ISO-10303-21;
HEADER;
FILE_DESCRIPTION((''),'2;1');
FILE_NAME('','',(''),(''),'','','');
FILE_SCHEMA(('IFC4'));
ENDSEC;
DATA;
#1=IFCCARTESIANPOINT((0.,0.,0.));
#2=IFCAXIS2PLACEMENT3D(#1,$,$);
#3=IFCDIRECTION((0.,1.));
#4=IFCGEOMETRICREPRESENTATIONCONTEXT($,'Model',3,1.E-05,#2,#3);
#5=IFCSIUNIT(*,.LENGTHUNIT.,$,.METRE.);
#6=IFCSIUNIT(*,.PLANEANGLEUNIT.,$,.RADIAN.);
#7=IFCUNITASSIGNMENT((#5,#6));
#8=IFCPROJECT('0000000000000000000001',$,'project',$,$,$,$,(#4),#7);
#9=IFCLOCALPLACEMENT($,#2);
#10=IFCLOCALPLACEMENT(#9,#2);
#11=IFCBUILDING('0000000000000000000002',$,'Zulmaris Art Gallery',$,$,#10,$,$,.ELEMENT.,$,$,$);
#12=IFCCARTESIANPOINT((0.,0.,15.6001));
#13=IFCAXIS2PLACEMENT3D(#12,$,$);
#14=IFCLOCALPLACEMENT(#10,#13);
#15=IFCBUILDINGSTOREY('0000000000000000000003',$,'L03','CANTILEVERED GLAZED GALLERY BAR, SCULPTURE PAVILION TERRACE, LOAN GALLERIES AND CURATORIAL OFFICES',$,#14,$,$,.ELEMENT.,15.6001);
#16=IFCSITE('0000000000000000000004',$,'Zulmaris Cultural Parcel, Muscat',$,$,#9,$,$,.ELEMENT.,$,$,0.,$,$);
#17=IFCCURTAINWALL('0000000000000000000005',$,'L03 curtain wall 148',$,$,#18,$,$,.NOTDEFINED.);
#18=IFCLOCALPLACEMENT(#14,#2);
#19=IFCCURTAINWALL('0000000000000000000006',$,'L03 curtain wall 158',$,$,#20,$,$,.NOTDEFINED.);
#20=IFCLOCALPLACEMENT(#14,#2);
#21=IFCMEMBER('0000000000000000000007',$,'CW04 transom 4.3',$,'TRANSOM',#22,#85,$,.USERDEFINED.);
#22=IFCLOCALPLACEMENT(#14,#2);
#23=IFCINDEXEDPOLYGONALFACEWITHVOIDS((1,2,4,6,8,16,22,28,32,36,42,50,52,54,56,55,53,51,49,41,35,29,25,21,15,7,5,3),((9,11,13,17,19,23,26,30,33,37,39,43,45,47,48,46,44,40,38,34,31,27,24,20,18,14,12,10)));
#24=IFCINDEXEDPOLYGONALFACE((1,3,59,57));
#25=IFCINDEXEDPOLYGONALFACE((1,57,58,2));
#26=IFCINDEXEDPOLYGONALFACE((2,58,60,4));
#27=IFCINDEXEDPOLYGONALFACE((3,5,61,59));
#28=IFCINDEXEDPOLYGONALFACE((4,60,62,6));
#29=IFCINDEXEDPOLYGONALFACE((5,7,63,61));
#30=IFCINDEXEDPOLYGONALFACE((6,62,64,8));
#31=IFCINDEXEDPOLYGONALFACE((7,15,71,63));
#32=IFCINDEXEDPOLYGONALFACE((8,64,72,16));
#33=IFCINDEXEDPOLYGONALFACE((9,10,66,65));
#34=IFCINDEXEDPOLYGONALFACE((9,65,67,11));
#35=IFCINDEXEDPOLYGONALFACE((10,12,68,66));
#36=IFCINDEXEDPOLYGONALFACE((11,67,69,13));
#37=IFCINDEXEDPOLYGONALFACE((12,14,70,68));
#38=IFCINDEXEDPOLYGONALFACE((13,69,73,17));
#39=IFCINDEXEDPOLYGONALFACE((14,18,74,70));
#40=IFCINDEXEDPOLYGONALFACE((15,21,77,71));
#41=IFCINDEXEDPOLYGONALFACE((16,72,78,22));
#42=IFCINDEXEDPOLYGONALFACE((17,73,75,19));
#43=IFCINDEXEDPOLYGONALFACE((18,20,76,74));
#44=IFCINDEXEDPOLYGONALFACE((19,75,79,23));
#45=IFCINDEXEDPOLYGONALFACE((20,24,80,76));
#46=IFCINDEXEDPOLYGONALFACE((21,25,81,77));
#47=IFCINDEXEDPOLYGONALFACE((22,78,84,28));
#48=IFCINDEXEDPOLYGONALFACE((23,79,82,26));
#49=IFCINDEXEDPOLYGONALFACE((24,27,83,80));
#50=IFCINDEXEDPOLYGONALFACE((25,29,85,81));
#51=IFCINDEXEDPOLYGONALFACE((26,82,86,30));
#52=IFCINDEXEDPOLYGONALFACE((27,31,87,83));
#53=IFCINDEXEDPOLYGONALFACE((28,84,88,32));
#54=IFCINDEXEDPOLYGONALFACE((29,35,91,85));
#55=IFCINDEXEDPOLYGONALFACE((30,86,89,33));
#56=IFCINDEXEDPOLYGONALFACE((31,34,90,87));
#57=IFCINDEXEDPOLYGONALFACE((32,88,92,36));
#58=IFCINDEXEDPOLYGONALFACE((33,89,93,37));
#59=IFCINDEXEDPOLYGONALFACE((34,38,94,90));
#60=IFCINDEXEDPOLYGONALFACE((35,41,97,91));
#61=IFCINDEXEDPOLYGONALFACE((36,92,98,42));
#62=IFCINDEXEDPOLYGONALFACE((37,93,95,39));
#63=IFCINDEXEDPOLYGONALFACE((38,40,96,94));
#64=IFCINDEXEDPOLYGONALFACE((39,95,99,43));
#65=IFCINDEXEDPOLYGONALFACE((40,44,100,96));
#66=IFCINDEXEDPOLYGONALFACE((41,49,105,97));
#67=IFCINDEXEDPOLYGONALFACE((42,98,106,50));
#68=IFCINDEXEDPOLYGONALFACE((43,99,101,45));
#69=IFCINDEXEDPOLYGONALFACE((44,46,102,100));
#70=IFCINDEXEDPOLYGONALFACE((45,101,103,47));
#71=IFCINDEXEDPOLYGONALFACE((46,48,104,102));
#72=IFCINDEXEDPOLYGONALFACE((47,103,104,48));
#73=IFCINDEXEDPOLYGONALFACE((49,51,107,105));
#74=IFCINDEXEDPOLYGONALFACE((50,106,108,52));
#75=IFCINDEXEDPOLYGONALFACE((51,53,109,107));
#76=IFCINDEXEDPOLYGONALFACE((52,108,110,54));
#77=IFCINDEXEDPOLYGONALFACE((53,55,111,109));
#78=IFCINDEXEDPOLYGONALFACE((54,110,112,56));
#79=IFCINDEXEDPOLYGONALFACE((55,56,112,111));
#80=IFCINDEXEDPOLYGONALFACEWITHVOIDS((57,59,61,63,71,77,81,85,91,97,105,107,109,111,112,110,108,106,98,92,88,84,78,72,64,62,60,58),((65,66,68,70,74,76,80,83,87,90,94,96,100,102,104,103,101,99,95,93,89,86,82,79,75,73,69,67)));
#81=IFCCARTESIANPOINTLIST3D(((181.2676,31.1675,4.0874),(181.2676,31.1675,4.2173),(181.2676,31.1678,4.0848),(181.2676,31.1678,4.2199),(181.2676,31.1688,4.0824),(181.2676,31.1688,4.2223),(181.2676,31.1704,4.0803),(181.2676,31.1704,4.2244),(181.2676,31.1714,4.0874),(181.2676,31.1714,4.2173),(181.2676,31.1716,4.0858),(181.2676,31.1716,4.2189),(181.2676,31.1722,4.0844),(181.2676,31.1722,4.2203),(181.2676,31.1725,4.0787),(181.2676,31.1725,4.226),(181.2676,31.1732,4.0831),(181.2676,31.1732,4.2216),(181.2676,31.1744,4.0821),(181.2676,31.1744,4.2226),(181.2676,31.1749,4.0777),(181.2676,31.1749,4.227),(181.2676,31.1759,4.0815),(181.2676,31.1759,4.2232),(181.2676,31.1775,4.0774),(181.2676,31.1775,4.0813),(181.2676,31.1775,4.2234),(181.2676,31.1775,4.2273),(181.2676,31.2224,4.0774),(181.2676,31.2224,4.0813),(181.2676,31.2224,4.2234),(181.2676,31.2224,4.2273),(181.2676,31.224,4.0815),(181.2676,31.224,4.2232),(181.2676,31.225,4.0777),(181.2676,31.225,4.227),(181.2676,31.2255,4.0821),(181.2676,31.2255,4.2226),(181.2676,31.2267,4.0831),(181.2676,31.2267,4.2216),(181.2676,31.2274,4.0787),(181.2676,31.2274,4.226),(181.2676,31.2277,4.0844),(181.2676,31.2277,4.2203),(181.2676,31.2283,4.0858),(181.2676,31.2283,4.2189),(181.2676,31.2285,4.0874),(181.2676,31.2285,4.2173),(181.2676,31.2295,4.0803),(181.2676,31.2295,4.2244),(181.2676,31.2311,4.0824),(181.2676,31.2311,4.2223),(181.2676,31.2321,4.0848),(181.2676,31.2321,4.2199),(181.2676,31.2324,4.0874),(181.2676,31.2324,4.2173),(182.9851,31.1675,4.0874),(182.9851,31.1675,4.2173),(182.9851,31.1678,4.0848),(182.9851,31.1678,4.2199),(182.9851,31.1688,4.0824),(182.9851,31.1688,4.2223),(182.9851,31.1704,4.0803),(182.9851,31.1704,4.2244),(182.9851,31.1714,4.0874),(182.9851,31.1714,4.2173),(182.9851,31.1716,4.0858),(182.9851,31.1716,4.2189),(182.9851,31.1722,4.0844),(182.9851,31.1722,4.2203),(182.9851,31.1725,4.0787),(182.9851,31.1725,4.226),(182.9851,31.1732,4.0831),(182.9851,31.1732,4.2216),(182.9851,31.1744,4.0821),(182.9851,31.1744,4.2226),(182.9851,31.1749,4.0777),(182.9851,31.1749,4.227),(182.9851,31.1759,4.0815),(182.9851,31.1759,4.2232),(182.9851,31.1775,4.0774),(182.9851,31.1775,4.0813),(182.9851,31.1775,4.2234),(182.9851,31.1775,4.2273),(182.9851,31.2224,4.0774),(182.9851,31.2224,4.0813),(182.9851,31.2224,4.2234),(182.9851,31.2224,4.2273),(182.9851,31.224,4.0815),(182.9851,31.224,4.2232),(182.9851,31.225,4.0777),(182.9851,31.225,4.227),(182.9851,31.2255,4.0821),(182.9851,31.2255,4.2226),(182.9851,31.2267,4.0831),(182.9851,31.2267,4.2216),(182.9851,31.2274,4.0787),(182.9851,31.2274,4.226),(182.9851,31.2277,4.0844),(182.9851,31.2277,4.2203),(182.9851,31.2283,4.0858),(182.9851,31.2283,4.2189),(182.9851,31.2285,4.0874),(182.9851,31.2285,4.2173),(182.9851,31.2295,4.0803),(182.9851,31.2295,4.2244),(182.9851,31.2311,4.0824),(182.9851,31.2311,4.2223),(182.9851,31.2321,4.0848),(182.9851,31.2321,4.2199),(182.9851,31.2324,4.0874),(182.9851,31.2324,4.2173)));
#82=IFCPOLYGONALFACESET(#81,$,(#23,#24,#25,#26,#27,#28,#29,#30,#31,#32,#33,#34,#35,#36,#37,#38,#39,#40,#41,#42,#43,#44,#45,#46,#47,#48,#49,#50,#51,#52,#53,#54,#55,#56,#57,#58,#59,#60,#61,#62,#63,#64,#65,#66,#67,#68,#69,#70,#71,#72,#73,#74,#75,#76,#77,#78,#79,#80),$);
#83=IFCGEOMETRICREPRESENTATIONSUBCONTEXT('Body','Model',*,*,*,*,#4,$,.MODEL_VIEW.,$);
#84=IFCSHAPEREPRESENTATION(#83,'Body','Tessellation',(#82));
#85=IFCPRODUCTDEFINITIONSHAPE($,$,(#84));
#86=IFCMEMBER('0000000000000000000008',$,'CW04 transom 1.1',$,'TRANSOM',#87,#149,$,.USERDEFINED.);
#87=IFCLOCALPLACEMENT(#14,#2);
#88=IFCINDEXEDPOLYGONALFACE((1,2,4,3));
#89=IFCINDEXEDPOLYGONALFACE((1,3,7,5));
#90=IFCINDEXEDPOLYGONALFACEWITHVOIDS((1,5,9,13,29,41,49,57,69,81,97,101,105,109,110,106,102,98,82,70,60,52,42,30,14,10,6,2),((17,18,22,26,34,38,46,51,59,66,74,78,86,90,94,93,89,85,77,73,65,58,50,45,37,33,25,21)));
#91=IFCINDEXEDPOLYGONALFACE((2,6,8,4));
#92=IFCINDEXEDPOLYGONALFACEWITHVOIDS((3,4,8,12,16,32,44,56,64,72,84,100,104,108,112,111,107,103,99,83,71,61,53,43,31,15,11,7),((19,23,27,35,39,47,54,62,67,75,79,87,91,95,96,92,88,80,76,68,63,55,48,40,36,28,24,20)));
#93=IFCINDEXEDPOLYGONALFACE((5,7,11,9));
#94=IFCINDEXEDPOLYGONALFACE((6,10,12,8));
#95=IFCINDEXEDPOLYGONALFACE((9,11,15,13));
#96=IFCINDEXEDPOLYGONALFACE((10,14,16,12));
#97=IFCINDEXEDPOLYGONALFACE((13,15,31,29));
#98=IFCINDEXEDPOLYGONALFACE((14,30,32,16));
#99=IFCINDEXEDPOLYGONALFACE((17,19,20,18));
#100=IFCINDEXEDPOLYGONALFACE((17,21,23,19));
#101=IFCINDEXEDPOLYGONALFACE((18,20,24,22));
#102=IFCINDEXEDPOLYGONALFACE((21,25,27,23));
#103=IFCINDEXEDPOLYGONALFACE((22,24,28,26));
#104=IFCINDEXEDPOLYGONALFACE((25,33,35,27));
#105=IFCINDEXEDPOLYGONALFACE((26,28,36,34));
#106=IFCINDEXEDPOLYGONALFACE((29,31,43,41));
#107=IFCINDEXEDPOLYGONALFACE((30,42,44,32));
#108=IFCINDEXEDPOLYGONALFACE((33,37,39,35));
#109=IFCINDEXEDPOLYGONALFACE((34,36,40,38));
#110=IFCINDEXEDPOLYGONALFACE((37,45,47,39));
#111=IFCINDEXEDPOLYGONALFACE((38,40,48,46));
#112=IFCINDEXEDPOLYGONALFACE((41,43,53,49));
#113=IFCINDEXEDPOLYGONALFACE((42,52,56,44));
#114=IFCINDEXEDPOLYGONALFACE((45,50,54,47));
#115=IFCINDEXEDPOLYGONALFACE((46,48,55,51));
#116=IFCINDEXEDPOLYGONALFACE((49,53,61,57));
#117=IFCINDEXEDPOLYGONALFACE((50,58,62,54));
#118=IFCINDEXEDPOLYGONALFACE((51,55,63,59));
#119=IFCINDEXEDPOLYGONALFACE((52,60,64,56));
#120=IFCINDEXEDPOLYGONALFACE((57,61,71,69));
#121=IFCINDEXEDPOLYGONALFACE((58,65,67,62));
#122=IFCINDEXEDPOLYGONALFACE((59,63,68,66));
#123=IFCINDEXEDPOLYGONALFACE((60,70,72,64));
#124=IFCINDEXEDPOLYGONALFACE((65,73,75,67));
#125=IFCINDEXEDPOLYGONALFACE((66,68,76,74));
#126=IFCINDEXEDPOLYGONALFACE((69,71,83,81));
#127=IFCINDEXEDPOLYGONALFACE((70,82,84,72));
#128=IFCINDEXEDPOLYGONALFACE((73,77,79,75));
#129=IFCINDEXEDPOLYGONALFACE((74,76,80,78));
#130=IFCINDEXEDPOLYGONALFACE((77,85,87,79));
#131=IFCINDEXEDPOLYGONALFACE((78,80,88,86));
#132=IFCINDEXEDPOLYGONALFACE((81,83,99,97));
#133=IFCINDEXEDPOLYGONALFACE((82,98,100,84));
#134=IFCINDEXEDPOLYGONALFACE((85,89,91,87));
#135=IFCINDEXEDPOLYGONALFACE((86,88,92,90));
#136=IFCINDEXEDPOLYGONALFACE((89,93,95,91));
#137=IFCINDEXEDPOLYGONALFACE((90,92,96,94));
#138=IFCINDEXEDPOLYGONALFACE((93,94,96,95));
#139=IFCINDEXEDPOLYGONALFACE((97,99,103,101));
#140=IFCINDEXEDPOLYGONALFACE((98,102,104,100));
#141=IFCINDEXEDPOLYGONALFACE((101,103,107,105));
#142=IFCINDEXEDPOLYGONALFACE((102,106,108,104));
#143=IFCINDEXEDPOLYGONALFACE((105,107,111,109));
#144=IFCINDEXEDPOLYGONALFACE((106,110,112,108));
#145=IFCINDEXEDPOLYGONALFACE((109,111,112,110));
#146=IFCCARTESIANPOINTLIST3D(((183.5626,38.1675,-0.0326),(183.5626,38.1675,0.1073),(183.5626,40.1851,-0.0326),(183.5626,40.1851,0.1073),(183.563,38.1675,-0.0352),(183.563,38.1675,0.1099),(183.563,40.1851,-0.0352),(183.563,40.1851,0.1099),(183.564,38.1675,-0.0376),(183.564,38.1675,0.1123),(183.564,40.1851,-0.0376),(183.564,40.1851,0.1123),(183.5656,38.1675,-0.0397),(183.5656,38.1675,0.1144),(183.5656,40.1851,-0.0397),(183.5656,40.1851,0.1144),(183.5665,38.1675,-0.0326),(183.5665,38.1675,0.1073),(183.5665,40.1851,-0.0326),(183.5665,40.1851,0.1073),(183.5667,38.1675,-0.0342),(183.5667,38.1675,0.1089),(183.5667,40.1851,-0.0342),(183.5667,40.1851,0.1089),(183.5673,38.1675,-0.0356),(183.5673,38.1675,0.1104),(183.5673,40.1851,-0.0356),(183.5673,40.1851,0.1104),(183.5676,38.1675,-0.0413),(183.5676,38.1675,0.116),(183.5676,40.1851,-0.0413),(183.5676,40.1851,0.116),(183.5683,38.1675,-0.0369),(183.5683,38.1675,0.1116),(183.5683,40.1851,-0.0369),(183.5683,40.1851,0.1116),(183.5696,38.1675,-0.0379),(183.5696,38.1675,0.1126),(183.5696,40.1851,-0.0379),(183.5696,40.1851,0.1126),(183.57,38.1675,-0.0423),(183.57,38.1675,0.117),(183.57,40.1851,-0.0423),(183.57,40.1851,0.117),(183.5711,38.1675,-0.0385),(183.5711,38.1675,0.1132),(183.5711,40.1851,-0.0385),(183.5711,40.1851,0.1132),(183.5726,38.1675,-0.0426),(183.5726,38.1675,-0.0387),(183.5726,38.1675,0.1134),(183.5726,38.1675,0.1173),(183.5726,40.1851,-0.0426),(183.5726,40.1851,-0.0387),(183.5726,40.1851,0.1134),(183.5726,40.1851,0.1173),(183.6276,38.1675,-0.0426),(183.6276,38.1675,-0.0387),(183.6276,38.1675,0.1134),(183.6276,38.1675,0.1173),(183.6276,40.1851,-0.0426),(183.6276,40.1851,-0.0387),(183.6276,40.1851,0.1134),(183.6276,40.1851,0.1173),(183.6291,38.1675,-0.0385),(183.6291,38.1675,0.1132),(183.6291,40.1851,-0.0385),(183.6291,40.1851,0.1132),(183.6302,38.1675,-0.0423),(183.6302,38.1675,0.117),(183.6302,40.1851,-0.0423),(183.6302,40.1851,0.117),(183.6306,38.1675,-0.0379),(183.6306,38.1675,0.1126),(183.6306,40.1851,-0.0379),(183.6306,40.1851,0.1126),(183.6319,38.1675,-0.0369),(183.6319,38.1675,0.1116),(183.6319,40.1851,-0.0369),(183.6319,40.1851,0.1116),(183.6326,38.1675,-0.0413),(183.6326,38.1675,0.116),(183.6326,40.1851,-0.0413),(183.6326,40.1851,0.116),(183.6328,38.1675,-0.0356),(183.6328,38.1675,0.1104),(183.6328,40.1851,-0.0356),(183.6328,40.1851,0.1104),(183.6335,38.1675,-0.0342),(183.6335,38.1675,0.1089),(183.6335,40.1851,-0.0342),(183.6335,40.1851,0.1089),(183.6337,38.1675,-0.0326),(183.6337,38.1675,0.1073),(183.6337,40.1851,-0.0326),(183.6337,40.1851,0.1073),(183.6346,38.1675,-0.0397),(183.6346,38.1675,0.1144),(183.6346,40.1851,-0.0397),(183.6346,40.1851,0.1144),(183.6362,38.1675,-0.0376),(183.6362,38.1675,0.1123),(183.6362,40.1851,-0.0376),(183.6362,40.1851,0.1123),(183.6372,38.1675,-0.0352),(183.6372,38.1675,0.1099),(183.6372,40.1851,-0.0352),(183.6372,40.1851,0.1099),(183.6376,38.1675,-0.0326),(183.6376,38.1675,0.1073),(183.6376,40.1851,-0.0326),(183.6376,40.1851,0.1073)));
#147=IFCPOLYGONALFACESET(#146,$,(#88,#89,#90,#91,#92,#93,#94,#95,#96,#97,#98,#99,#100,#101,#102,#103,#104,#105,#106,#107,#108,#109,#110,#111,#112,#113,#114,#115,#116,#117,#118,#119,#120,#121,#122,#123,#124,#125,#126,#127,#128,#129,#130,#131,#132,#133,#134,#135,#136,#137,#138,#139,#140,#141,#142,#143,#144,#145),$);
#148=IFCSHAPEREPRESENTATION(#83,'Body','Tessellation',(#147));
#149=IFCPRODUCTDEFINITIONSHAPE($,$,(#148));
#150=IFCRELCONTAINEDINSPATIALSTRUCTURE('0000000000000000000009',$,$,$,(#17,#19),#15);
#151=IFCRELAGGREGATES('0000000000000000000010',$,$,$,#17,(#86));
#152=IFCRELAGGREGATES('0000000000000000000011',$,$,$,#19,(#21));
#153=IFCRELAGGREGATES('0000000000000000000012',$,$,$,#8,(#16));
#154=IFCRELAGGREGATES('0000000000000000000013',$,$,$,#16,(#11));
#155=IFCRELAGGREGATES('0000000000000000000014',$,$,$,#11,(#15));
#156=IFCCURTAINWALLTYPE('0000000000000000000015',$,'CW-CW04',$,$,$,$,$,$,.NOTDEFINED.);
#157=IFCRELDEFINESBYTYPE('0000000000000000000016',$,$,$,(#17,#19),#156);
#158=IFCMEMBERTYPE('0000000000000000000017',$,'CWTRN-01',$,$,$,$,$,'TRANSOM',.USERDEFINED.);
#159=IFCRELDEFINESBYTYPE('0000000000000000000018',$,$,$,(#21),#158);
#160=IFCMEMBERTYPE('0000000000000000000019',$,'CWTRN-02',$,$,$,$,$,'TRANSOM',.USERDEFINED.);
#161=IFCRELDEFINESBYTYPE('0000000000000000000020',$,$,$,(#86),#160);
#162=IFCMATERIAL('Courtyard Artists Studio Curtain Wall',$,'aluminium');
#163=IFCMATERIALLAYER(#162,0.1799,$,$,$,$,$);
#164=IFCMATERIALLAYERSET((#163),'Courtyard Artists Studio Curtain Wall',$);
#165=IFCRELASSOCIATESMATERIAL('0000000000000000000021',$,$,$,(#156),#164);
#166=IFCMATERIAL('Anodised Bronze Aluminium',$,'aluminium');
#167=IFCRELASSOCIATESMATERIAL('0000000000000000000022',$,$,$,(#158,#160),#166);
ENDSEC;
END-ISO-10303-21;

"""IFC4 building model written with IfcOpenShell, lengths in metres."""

from ifc_helpers import new_model, si_unit, direction, frame, origin, origin_2d, place, context, subcontext, project, spatial, hollow_rectangle, extrude, material, layer, layer_set, material_profile, profile_set, type_object, element, aggregate, save


model = new_model("IFC4")

# Units and contexts
model_context = context("Model", 3, precision=1e-05, world=origin(), true_north=direction((0.0, 1.0)))
body_context = subcontext(model_context, "Body", "Model", "MODEL_VIEW")
ifc_project = project(units=[si_unit("LENGTHUNIT", "METRE"), si_unit("PLANEANGLEUNIT", "RADIAN")], contexts=[model_context])

# Site, building, storey
site_placement = place(None, origin())
site = spatial("IfcSite", under=ifc_project, at=site_placement, Name="Zulmaris Cultural Parcel, Muscat", CompositionType="ELEMENT", RefElevation=0.0)
building_placement = place(site_placement, origin())
building = spatial("IfcBuilding", under=site, at=building_placement, Name="Zulmaris Art Gallery", CompositionType="ELEMENT")
storey_placement = place(building_placement, frame((0.0, 0.0, 15.6001)))
storey = spatial("IfcBuildingStorey", under=building, at=storey_placement, Name="L03", Description="CANTILEVERED GLAZED GALLERY BAR, SCULPTURE PAVILION TERRACE, LOAN GALLERIES AND CURATORIAL OFFICES", CompositionType="ELEMENT", Elevation=15.6001)

# Curtain walls, member
ifc_material_1 = material(Name="Courtyard Artists Studio Curtain Wall", Category="aluminium")
ifc_layer_1 = layer(ifc_material_1, 0.1799)
ifc_layer_set_1 = layer_set([ifc_layer_1], Name="Courtyard Artists Studio Curtain Wall")
curtain_wall_type = type_object("IfcCurtainWallType", Name="CW-CW04", PredefinedType="NOTDEFINED", material=ifc_layer_set_1)
curtain_wall_1_placement = place(storey_placement, origin())
curtain_wall_1 = element("IfcCurtainWall", 1, at=curtain_wall_1_placement, inside=storey, type_object=curtain_wall_type, Name="L03 curtain wall 148", PredefinedType="NOTDEFINED")
ifc_material_2 = material(Name="Anodised Bronze Aluminium", Category="aluminium")
curtain_wall_2_placement = place(storey_placement, origin())
curtain_wall_2 = element("IfcCurtainWall", 2, at=curtain_wall_2_placement, inside=storey, type_object=curtain_wall_type, Name="L03 curtain wall 158", PredefinedType="NOTDEFINED")
ifc_material_profile_1 = material_profile(ifc_material_2, hollow_rectangle(XDim=0.0649, YDim=0.1499, WallThickness=0.0039, InnerFilletRadius=0.0061, OuterFilletRadius=0.01, at=origin_2d()), Name="ALU 65x150x4")
ifc_profile_set_1 = profile_set([ifc_material_profile_1], Name="Anodised Bronze Aluminium")
member_type_1 = type_object("IfcMemberType", Name="CWTRN-01", ElementType="TRANSOM", PredefinedType="USERDEFINED", material=ifc_profile_set_1)
member_1_placement = place(storey_placement, frame((181.2676, 31.2, 4.1523), z_axis=(1.0, 0.0, 0.0), x_axis=(0.0, 1.0, 0.0)))
member_1 = element("IfcMember", 3, at=member_1_placement, type_object=member_type_1, Name="CW04 transom 4.3", ObjectType="TRANSOM", PredefinedType="USERDEFINED", context=body_context, shape_type="SweptSolid", body=[
    extrude(hollow_rectangle(XDim=0.0649, YDim=0.1499, WallThickness=0.0039, InnerFilletRadius=0.0061, OuterFilletRadius=0.01, at=origin_2d()), origin(), (0.0, 0.0, 1.0), 1.7175),
])

# Member
ifc_material_profile_2 = material_profile(ifc_material_2, hollow_rectangle(XDim=0.075, YDim=0.1599, WallThickness=0.0039, InnerFilletRadius=0.0061, OuterFilletRadius=0.01, at=origin_2d()), Name="ALU 75x160x4")
ifc_profile_set_2 = profile_set([ifc_material_profile_2], Name="Anodised Bronze Aluminium")
member_type_2 = type_object("IfcMemberType", Name="CWTRN-02", ElementType="TRANSOM", PredefinedType="USERDEFINED", material=ifc_profile_set_2)
member_2_placement = place(storey_placement, frame((183.6001, 40.1851, 0.0374), z_axis=(0.0, -1.0, 0.0), x_axis=(1.0, 0.0, 0.0)))
member_2 = element("IfcMember", 4, at=member_2_placement, type_object=member_type_2, Name="CW04 transom 1.1", ObjectType="TRANSOM", PredefinedType="USERDEFINED", context=body_context, shape_type="SweptSolid", body=[
    extrude(hollow_rectangle(XDim=0.075, YDim=0.1599, WallThickness=0.0039, InnerFilletRadius=0.0061, OuterFilletRadius=0.01, at=origin_2d()), origin(), (0.0, 0.0, 1.0), 2.0176),
])

aggregate(curtain_wall_1, [member_2])
aggregate(curtain_wall_2, [member_1])

save(model, "model.ifc")
